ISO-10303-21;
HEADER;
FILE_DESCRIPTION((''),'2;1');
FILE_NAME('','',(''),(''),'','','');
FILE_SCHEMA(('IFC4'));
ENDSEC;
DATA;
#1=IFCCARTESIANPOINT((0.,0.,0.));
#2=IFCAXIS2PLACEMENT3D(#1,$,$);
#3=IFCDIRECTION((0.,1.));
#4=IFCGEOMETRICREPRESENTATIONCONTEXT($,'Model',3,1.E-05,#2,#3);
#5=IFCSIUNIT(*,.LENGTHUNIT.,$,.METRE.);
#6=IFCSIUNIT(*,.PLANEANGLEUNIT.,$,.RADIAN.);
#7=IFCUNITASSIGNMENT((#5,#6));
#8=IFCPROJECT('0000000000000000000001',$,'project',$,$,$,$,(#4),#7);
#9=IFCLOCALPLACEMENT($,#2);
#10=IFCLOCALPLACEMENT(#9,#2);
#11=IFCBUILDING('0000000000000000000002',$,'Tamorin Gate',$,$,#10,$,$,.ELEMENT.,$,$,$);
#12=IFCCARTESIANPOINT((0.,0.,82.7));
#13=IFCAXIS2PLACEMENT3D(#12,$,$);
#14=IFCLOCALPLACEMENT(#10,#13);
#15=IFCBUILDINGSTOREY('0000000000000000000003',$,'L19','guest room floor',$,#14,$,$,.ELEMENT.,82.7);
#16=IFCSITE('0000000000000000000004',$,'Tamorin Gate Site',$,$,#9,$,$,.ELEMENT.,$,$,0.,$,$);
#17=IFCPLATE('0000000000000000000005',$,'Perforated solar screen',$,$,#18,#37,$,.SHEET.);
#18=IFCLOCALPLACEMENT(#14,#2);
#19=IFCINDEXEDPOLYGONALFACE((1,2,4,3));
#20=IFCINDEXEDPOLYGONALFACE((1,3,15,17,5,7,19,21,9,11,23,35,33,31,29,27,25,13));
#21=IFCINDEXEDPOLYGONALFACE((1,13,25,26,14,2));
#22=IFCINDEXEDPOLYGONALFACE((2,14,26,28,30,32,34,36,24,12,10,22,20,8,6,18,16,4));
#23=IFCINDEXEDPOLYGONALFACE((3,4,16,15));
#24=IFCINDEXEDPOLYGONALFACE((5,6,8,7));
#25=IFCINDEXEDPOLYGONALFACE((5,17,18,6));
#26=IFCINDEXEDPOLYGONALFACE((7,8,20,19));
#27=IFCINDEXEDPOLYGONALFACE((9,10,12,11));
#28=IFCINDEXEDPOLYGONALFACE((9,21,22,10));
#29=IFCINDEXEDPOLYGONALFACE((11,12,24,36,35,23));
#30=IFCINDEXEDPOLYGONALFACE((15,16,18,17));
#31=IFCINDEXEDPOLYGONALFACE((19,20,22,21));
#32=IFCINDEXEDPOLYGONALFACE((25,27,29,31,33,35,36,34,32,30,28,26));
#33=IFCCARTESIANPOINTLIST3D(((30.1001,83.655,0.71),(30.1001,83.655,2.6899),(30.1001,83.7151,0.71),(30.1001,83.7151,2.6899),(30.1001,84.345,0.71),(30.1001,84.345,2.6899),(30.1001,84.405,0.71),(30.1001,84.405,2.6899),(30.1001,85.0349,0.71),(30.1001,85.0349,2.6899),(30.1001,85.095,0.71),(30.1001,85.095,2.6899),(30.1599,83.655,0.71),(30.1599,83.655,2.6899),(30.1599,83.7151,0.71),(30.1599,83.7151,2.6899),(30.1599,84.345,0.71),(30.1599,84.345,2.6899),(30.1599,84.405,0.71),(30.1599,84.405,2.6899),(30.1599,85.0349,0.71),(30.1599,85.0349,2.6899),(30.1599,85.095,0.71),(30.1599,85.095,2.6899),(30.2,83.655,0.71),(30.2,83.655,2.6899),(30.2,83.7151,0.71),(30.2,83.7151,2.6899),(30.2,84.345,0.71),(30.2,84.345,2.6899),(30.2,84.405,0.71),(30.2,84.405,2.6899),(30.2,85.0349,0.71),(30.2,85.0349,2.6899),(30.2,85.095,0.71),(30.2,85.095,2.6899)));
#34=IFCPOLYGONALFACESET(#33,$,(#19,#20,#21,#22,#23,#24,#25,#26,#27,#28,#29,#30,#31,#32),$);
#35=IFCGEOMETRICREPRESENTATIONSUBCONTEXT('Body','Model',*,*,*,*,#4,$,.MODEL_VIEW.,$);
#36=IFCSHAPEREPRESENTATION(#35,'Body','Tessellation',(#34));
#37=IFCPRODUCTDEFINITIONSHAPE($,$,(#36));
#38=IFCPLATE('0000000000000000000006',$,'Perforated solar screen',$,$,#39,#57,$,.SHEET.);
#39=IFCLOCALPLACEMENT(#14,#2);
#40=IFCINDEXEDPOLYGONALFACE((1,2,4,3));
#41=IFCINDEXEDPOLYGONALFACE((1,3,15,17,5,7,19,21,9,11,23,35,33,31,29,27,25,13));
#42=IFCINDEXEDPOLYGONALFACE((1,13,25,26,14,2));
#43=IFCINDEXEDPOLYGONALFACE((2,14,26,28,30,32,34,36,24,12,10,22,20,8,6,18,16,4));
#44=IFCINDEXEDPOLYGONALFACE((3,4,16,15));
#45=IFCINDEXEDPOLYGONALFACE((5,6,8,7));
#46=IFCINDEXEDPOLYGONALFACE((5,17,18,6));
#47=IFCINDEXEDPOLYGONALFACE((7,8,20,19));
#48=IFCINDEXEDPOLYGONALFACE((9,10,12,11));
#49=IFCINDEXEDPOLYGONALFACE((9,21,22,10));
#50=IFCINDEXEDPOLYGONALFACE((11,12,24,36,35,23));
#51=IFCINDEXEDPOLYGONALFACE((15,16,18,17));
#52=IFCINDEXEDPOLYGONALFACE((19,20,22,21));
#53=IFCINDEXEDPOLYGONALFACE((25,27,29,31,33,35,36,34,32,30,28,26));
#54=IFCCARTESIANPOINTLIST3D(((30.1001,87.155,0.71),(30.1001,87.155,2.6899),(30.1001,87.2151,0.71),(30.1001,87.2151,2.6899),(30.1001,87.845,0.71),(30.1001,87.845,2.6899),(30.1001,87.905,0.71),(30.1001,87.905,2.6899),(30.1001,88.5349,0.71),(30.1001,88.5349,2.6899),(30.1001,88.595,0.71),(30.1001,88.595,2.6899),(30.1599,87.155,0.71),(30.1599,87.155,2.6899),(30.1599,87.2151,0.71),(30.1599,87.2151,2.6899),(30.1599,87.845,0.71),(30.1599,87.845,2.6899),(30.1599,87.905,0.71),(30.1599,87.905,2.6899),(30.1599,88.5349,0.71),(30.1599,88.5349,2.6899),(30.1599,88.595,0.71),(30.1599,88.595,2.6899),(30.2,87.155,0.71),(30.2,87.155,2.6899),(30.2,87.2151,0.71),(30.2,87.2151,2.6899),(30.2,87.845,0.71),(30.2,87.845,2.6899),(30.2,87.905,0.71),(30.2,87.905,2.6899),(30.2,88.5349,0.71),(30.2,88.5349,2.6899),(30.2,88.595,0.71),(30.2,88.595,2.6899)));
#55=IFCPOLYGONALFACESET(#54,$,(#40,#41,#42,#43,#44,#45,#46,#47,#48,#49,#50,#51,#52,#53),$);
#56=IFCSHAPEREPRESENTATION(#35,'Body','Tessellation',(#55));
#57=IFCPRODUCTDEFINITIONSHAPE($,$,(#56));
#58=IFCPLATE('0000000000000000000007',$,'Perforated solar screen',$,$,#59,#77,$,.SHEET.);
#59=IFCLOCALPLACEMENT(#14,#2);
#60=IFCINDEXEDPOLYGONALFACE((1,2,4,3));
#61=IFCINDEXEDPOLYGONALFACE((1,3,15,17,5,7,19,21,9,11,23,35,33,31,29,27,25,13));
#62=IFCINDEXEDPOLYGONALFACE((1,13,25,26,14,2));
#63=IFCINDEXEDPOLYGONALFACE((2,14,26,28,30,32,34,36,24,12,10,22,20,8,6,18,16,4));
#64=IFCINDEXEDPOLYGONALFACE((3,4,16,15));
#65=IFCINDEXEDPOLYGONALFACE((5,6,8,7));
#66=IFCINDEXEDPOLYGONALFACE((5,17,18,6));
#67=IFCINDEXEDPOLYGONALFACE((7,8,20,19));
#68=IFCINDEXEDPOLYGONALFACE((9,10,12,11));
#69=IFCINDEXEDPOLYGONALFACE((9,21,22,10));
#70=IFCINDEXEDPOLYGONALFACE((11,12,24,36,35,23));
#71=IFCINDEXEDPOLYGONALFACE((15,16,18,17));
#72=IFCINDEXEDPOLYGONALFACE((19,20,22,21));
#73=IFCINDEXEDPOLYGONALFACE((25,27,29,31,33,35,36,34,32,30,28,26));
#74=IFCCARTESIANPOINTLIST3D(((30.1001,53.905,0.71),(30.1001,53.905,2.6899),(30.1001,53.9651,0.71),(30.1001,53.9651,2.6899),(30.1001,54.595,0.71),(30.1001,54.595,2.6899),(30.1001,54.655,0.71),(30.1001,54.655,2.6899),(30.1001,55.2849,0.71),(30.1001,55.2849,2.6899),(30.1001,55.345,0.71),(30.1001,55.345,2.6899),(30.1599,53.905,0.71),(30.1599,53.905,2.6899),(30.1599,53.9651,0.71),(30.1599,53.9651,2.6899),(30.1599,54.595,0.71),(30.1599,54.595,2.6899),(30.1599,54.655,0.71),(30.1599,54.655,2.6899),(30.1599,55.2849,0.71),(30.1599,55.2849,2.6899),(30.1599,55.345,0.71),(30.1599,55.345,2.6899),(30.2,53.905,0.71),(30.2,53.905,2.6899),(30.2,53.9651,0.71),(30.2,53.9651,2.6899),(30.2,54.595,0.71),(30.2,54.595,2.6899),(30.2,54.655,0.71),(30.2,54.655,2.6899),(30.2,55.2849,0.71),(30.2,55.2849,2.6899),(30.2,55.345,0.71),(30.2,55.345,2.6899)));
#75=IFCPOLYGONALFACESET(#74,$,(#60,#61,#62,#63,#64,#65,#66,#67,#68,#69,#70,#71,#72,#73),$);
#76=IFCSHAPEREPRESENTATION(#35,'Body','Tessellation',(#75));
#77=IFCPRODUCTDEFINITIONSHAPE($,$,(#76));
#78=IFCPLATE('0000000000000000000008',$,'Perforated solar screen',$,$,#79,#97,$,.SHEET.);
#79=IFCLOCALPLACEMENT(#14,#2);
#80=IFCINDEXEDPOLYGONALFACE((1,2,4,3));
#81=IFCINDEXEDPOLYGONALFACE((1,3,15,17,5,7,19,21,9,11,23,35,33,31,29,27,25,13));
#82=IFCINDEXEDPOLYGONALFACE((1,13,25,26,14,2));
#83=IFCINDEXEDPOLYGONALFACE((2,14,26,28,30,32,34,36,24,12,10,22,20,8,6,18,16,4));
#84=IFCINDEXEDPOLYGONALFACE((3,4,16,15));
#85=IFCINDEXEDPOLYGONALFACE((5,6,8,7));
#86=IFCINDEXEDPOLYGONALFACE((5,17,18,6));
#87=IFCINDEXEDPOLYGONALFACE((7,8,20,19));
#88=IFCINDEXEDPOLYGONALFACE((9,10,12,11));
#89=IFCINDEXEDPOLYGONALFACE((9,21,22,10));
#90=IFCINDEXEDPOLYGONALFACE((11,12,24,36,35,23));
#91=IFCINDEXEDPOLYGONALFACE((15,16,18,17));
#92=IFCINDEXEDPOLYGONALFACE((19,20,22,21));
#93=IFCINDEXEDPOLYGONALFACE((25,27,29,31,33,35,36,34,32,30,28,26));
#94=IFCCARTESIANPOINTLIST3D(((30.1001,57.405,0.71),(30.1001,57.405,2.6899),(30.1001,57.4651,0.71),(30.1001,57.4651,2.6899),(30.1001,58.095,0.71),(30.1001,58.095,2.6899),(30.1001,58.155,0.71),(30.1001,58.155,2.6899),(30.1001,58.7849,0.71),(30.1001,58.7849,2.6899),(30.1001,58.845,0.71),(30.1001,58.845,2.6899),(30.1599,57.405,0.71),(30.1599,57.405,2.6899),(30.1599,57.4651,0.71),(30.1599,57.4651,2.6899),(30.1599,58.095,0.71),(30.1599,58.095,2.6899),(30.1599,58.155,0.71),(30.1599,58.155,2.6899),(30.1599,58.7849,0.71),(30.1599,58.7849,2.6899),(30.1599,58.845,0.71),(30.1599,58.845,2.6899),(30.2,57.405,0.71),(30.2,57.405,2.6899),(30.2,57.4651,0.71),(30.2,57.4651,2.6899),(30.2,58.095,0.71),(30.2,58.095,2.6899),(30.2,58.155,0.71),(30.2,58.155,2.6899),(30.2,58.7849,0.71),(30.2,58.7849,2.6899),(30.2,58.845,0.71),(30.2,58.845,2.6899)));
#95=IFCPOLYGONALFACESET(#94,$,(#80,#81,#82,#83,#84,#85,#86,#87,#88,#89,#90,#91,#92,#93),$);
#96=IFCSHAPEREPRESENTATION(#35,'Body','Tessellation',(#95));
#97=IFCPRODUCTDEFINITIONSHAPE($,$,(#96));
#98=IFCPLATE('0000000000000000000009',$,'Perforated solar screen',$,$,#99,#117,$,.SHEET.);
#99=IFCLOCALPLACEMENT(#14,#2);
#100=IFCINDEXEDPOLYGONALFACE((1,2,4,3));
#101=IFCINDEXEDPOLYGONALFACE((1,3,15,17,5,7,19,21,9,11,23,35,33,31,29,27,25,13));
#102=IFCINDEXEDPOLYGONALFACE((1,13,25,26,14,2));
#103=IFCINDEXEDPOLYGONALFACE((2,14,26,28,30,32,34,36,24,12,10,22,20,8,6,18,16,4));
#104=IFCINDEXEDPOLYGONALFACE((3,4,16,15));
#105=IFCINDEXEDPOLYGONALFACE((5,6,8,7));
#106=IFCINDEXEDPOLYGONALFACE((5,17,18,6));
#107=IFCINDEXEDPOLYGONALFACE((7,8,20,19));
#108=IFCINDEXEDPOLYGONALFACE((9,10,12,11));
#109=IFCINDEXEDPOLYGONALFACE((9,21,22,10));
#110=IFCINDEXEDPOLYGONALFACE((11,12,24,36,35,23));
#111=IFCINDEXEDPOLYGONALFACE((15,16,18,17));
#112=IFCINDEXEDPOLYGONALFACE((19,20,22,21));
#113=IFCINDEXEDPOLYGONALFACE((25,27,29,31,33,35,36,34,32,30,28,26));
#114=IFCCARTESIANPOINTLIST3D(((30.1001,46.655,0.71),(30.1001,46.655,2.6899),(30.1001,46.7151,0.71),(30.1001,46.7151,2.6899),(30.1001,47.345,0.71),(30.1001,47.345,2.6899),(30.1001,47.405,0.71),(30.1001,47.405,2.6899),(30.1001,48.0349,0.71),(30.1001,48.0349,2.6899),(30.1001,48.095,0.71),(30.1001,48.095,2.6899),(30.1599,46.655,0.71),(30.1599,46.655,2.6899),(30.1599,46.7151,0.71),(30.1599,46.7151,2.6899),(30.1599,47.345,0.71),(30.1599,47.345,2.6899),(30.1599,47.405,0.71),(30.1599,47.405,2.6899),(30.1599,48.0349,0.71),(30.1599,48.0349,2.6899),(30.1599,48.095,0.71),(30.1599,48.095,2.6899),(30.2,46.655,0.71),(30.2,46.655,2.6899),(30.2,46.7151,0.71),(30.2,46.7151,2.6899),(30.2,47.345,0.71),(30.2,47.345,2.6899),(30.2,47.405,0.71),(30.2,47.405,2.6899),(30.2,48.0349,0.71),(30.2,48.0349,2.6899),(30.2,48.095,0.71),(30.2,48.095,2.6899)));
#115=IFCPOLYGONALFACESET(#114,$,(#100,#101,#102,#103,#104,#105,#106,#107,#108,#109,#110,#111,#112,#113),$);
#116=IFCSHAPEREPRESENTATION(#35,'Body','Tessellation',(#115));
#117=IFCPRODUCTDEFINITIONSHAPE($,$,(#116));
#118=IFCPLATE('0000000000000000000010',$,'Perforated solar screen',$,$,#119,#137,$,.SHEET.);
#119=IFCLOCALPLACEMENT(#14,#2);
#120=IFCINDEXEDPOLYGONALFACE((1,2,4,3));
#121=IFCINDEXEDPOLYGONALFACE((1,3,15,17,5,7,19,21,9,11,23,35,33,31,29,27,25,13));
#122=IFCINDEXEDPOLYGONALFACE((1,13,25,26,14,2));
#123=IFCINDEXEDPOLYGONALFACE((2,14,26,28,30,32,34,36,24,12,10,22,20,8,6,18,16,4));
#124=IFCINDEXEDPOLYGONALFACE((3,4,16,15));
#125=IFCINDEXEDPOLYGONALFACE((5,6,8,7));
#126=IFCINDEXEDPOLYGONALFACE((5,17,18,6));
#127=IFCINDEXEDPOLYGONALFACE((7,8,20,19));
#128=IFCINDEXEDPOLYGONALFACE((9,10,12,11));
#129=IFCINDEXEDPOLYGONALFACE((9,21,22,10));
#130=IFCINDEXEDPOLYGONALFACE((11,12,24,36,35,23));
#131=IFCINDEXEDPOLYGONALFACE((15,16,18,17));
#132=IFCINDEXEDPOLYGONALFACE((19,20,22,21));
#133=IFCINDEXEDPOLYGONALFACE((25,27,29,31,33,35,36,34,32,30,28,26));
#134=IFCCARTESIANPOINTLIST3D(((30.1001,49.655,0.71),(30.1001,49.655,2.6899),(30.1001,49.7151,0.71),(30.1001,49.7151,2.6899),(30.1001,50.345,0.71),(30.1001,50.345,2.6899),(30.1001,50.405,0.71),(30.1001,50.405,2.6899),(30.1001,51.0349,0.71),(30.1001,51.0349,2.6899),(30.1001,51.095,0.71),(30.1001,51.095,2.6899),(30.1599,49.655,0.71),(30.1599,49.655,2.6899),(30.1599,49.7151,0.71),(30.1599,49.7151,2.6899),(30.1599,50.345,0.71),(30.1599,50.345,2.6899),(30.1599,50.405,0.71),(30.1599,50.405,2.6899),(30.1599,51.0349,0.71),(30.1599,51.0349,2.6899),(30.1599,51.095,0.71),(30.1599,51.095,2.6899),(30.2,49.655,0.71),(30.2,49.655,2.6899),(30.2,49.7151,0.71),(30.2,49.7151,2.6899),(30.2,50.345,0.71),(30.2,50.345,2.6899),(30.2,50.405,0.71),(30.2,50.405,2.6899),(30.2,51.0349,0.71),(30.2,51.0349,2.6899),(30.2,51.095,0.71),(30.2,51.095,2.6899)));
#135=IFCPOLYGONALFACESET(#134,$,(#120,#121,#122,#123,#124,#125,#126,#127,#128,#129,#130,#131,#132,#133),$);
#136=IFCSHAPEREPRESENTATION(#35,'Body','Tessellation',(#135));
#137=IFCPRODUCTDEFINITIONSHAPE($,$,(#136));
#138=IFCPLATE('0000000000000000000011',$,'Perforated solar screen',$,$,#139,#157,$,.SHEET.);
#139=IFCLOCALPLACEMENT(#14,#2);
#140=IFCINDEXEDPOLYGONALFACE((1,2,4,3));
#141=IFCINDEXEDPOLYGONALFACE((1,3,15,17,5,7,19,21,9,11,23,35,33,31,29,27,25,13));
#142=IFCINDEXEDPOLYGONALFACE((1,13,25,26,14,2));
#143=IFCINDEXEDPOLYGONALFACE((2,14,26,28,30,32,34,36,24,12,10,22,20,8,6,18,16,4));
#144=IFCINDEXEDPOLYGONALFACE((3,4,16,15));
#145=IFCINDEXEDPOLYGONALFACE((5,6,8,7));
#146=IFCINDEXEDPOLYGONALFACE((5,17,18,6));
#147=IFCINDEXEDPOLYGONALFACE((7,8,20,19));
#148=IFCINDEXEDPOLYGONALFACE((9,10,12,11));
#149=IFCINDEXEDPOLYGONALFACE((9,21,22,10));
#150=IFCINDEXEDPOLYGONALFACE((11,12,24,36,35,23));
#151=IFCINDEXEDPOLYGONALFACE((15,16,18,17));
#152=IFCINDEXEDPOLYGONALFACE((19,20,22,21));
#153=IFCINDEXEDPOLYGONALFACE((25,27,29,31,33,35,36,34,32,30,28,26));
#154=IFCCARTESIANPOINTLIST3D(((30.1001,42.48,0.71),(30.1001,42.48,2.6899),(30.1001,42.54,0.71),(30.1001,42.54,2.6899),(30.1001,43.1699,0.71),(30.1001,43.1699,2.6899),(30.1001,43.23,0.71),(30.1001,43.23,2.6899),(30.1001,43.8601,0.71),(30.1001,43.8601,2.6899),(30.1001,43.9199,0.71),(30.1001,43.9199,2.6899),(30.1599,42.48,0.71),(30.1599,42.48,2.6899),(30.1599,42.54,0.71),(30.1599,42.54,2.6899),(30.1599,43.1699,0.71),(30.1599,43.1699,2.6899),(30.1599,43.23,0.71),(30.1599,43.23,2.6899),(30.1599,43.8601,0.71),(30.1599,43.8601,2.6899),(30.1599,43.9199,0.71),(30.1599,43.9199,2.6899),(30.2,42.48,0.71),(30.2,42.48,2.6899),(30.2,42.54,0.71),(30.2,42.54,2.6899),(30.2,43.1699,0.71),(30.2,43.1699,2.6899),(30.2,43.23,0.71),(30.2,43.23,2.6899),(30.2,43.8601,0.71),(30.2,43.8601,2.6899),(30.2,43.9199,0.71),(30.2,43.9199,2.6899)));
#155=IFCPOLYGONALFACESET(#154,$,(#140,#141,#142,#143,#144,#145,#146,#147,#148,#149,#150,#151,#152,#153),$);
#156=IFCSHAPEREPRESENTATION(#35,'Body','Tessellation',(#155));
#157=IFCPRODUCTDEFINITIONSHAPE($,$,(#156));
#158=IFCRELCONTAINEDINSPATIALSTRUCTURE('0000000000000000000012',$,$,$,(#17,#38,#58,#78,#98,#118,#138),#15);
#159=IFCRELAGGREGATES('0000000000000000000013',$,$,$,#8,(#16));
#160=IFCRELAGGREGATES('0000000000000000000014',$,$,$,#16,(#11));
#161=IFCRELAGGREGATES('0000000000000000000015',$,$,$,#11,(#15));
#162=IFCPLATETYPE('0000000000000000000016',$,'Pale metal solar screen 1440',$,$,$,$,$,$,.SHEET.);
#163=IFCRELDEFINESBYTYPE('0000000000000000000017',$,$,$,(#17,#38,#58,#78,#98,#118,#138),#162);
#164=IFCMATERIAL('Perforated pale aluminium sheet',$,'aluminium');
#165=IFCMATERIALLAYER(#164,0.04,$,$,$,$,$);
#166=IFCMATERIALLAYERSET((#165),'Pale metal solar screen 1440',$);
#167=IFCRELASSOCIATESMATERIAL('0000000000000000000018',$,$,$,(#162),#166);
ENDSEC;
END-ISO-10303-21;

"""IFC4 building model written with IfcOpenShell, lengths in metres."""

from ifc_helpers import new_model, si_unit, direction, frame, origin, place, context, subcontext, project, spatial, polyline, outline, extrude, material, layer, layer_set, type_object, element, save


model = new_model("IFC4")

# Units and contexts
model_context = context("Model", 3, precision=1e-05, world=origin(), true_north=direction((0.0, 1.0)))
body_context = subcontext(model_context, "Body", "Model", "MODEL_VIEW")
ifc_project = project(units=[si_unit("LENGTHUNIT", "METRE"), si_unit("PLANEANGLEUNIT", "RADIAN")], contexts=[model_context])

# Site, building, storey
site_placement = place(None, origin())
site = spatial("IfcSite", under=ifc_project, at=site_placement, Name="Tamorin Gate Site", CompositionType="ELEMENT", RefElevation=0.0)
building_placement = place(site_placement, origin())
building = spatial("IfcBuilding", under=site, at=building_placement, Name="Tamorin Gate", CompositionType="ELEMENT")
storey_placement = place(building_placement, frame((0.0, 0.0, 82.7)))
storey = spatial("IfcBuildingStorey", under=building, at=storey_placement, Name="L19", Description="guest room floor", CompositionType="ELEMENT", Elevation=82.7)

# Plates
ifc_material_1 = material(Name="Perforated pale aluminium sheet", Category="aluminium")
ifc_layer_1 = layer(ifc_material_1, 0.04)
ifc_layer_set_1 = layer_set([ifc_layer_1], Name="Pale metal solar screen 1440")
plate_type = type_object("IfcPlateType", Name="Pale metal solar screen 1440", PredefinedType="SHEET", material=ifc_layer_set_1)
plate_1_placement = place(storey_placement, frame((0.0, 0.0, 0.71)))
element("IfcPlate", 1, at=plate_1_placement, inside=storey, type_object=plate_type, Name="Perforated solar screen", PredefinedType="SHEET", context=body_context, shape_type="SweptSolid", body=[
    extrude(outline(polyline([(30.1599, 85.095), (30.2, 85.095), (30.2, 85.0349), (30.2, 84.405), (30.2, 84.345), (30.2, 83.7151), (30.2, 83.655), (30.1599, 83.655), (30.1001, 83.655), (30.1001, 83.7151), (30.1599, 83.7151), (30.1599, 84.345), (30.1001, 84.345), (30.1001, 84.405), (30.1599, 84.405), (30.1599, 85.0349), (30.1001, 85.0349), (30.1001, 85.095), (30.1599, 85.095)])), origin(), (0.0, 0.0, 1.0), 1.98),
])
plate_2_placement = place(storey_placement, frame((0.0, 0.0, 0.71)))
element("IfcPlate", 2, at=plate_2_placement, inside=storey, type_object=plate_type, Name="Perforated solar screen", PredefinedType="SHEET", context=body_context, shape_type="SweptSolid", body=[
    extrude(outline(polyline([(30.1599, 88.595), (30.2, 88.595), (30.2, 88.5349), (30.2, 87.905), (30.2, 87.845), (30.2, 87.2151), (30.2, 87.155), (30.1599, 87.155), (30.1001, 87.155), (30.1001, 87.2151), (30.1599, 87.2151), (30.1599, 87.845), (30.1001, 87.845), (30.1001, 87.905), (30.1599, 87.905), (30.1599, 88.5349), (30.1001, 88.5349), (30.1001, 88.595), (30.1599, 88.595)])), origin(), (0.0, 0.0, 1.0), 1.98),
])
plate_3_placement = place(storey_placement, frame((0.0, 0.0, 0.71)))
element("IfcPlate", 3, at=plate_3_placement, inside=storey, type_object=plate_type, Name="Perforated solar screen", PredefinedType="SHEET", context=body_context, shape_type="SweptSolid", body=[
    extrude(outline(polyline([(30.1599, 55.345), (30.2, 55.345), (30.2, 55.2849), (30.2, 54.655), (30.2, 54.595), (30.2, 53.9651), (30.2, 53.905), (30.1599, 53.905), (30.1001, 53.905), (30.1001, 53.9651), (30.1599, 53.9651), (30.1599, 54.595), (30.1001, 54.595), (30.1001, 54.655), (30.1599, 54.655), (30.1599, 55.2849), (30.1001, 55.2849), (30.1001, 55.345), (30.1599, 55.345)])), origin(), (0.0, 0.0, 1.0), 1.98),
])
plate_4_placement = place(storey_placement, frame((0.0, 0.0, 0.71)))
element("IfcPlate", 4, at=plate_4_placement, inside=storey, type_object=plate_type, Name="Perforated solar screen", PredefinedType="SHEET", context=body_context, shape_type="SweptSolid", body=[
    extrude(outline(polyline([(30.1599, 58.845), (30.2, 58.845), (30.2, 58.7849), (30.2, 58.155), (30.2, 58.095), (30.2, 57.4651), (30.2, 57.405), (30.1599, 57.405), (30.1001, 57.405), (30.1001, 57.4651), (30.1599, 57.4651), (30.1599, 58.095), (30.1001, 58.095), (30.1001, 58.155), (30.1599, 58.155), (30.1599, 58.7849), (30.1001, 58.7849), (30.1001, 58.845), (30.1599, 58.845)])), origin(), (0.0, 0.0, 1.0), 1.98),
])
plate_5_placement = place(storey_placement, frame((0.0, 0.0, 0.71)))
element("IfcPlate", 5, at=plate_5_placement, inside=storey, type_object=plate_type, Name="Perforated solar screen", PredefinedType="SHEET", context=body_context, shape_type="SweptSolid", body=[
    extrude(outline(polyline([(30.1599, 48.095), (30.2, 48.095), (30.2, 48.0349), (30.2, 47.405), (30.2, 47.345), (30.2, 46.7151), (30.2, 46.655), (30.1599, 46.655), (30.1001, 46.655), (30.1001, 46.7151), (30.1599, 46.7151), (30.1599, 47.345), (30.1001, 47.345), (30.1001, 47.405), (30.1599, 47.405), (30.1599, 48.0349), (30.1001, 48.0349), (30.1001, 48.095), (30.1599, 48.095)])), origin(), (0.0, 0.0, 1.0), 1.98),
])
plate_6_placement = place(storey_placement, frame((0.0, 0.0, 0.71)))
element("IfcPlate", 6, at=plate_6_placement, inside=storey, type_object=plate_type, Name="Perforated solar screen", PredefinedType="SHEET", context=body_context, shape_type="SweptSolid", body=[
    extrude(outline(polyline([(30.1599, 51.095), (30.2, 51.095), (30.2, 51.0349), (30.2, 50.405), (30.2, 50.345), (30.2, 49.7151), (30.2, 49.655), (30.1599, 49.655), (30.1001, 49.655), (30.1001, 49.7151), (30.1599, 49.7151), (30.1599, 50.345), (30.1001, 50.345), (30.1001, 50.405), (30.1599, 50.405), (30.1599, 51.0349), (30.1001, 51.0349), (30.1001, 51.095), (30.1599, 51.095)])), origin(), (0.0, 0.0, 1.0), 1.98),
])
plate_7_placement = place(storey_placement, frame((0.0, 0.0, 0.71)))
element("IfcPlate", 7, at=plate_7_placement, inside=storey, type_object=plate_type, Name="Perforated solar screen", PredefinedType="SHEET", context=body_context, shape_type="SweptSolid", body=[
    extrude(outline(polyline([(30.1599, 43.9199), (30.2, 43.9199), (30.2, 43.8601), (30.2, 43.23), (30.2, 43.1699), (30.2, 42.54), (30.2, 42.48), (30.1599, 42.48), (30.1001, 42.48), (30.1001, 42.54), (30.1599, 42.54), (30.1599, 43.1699), (30.1001, 43.1699), (30.1001, 43.23), (30.1599, 43.23), (30.1599, 43.8601), (30.1001, 43.8601), (30.1001, 43.9199), (30.1599, 43.9199)])), origin(), (0.0, 0.0, 1.0), 1.98),
])

save(model, "model.ifc")
